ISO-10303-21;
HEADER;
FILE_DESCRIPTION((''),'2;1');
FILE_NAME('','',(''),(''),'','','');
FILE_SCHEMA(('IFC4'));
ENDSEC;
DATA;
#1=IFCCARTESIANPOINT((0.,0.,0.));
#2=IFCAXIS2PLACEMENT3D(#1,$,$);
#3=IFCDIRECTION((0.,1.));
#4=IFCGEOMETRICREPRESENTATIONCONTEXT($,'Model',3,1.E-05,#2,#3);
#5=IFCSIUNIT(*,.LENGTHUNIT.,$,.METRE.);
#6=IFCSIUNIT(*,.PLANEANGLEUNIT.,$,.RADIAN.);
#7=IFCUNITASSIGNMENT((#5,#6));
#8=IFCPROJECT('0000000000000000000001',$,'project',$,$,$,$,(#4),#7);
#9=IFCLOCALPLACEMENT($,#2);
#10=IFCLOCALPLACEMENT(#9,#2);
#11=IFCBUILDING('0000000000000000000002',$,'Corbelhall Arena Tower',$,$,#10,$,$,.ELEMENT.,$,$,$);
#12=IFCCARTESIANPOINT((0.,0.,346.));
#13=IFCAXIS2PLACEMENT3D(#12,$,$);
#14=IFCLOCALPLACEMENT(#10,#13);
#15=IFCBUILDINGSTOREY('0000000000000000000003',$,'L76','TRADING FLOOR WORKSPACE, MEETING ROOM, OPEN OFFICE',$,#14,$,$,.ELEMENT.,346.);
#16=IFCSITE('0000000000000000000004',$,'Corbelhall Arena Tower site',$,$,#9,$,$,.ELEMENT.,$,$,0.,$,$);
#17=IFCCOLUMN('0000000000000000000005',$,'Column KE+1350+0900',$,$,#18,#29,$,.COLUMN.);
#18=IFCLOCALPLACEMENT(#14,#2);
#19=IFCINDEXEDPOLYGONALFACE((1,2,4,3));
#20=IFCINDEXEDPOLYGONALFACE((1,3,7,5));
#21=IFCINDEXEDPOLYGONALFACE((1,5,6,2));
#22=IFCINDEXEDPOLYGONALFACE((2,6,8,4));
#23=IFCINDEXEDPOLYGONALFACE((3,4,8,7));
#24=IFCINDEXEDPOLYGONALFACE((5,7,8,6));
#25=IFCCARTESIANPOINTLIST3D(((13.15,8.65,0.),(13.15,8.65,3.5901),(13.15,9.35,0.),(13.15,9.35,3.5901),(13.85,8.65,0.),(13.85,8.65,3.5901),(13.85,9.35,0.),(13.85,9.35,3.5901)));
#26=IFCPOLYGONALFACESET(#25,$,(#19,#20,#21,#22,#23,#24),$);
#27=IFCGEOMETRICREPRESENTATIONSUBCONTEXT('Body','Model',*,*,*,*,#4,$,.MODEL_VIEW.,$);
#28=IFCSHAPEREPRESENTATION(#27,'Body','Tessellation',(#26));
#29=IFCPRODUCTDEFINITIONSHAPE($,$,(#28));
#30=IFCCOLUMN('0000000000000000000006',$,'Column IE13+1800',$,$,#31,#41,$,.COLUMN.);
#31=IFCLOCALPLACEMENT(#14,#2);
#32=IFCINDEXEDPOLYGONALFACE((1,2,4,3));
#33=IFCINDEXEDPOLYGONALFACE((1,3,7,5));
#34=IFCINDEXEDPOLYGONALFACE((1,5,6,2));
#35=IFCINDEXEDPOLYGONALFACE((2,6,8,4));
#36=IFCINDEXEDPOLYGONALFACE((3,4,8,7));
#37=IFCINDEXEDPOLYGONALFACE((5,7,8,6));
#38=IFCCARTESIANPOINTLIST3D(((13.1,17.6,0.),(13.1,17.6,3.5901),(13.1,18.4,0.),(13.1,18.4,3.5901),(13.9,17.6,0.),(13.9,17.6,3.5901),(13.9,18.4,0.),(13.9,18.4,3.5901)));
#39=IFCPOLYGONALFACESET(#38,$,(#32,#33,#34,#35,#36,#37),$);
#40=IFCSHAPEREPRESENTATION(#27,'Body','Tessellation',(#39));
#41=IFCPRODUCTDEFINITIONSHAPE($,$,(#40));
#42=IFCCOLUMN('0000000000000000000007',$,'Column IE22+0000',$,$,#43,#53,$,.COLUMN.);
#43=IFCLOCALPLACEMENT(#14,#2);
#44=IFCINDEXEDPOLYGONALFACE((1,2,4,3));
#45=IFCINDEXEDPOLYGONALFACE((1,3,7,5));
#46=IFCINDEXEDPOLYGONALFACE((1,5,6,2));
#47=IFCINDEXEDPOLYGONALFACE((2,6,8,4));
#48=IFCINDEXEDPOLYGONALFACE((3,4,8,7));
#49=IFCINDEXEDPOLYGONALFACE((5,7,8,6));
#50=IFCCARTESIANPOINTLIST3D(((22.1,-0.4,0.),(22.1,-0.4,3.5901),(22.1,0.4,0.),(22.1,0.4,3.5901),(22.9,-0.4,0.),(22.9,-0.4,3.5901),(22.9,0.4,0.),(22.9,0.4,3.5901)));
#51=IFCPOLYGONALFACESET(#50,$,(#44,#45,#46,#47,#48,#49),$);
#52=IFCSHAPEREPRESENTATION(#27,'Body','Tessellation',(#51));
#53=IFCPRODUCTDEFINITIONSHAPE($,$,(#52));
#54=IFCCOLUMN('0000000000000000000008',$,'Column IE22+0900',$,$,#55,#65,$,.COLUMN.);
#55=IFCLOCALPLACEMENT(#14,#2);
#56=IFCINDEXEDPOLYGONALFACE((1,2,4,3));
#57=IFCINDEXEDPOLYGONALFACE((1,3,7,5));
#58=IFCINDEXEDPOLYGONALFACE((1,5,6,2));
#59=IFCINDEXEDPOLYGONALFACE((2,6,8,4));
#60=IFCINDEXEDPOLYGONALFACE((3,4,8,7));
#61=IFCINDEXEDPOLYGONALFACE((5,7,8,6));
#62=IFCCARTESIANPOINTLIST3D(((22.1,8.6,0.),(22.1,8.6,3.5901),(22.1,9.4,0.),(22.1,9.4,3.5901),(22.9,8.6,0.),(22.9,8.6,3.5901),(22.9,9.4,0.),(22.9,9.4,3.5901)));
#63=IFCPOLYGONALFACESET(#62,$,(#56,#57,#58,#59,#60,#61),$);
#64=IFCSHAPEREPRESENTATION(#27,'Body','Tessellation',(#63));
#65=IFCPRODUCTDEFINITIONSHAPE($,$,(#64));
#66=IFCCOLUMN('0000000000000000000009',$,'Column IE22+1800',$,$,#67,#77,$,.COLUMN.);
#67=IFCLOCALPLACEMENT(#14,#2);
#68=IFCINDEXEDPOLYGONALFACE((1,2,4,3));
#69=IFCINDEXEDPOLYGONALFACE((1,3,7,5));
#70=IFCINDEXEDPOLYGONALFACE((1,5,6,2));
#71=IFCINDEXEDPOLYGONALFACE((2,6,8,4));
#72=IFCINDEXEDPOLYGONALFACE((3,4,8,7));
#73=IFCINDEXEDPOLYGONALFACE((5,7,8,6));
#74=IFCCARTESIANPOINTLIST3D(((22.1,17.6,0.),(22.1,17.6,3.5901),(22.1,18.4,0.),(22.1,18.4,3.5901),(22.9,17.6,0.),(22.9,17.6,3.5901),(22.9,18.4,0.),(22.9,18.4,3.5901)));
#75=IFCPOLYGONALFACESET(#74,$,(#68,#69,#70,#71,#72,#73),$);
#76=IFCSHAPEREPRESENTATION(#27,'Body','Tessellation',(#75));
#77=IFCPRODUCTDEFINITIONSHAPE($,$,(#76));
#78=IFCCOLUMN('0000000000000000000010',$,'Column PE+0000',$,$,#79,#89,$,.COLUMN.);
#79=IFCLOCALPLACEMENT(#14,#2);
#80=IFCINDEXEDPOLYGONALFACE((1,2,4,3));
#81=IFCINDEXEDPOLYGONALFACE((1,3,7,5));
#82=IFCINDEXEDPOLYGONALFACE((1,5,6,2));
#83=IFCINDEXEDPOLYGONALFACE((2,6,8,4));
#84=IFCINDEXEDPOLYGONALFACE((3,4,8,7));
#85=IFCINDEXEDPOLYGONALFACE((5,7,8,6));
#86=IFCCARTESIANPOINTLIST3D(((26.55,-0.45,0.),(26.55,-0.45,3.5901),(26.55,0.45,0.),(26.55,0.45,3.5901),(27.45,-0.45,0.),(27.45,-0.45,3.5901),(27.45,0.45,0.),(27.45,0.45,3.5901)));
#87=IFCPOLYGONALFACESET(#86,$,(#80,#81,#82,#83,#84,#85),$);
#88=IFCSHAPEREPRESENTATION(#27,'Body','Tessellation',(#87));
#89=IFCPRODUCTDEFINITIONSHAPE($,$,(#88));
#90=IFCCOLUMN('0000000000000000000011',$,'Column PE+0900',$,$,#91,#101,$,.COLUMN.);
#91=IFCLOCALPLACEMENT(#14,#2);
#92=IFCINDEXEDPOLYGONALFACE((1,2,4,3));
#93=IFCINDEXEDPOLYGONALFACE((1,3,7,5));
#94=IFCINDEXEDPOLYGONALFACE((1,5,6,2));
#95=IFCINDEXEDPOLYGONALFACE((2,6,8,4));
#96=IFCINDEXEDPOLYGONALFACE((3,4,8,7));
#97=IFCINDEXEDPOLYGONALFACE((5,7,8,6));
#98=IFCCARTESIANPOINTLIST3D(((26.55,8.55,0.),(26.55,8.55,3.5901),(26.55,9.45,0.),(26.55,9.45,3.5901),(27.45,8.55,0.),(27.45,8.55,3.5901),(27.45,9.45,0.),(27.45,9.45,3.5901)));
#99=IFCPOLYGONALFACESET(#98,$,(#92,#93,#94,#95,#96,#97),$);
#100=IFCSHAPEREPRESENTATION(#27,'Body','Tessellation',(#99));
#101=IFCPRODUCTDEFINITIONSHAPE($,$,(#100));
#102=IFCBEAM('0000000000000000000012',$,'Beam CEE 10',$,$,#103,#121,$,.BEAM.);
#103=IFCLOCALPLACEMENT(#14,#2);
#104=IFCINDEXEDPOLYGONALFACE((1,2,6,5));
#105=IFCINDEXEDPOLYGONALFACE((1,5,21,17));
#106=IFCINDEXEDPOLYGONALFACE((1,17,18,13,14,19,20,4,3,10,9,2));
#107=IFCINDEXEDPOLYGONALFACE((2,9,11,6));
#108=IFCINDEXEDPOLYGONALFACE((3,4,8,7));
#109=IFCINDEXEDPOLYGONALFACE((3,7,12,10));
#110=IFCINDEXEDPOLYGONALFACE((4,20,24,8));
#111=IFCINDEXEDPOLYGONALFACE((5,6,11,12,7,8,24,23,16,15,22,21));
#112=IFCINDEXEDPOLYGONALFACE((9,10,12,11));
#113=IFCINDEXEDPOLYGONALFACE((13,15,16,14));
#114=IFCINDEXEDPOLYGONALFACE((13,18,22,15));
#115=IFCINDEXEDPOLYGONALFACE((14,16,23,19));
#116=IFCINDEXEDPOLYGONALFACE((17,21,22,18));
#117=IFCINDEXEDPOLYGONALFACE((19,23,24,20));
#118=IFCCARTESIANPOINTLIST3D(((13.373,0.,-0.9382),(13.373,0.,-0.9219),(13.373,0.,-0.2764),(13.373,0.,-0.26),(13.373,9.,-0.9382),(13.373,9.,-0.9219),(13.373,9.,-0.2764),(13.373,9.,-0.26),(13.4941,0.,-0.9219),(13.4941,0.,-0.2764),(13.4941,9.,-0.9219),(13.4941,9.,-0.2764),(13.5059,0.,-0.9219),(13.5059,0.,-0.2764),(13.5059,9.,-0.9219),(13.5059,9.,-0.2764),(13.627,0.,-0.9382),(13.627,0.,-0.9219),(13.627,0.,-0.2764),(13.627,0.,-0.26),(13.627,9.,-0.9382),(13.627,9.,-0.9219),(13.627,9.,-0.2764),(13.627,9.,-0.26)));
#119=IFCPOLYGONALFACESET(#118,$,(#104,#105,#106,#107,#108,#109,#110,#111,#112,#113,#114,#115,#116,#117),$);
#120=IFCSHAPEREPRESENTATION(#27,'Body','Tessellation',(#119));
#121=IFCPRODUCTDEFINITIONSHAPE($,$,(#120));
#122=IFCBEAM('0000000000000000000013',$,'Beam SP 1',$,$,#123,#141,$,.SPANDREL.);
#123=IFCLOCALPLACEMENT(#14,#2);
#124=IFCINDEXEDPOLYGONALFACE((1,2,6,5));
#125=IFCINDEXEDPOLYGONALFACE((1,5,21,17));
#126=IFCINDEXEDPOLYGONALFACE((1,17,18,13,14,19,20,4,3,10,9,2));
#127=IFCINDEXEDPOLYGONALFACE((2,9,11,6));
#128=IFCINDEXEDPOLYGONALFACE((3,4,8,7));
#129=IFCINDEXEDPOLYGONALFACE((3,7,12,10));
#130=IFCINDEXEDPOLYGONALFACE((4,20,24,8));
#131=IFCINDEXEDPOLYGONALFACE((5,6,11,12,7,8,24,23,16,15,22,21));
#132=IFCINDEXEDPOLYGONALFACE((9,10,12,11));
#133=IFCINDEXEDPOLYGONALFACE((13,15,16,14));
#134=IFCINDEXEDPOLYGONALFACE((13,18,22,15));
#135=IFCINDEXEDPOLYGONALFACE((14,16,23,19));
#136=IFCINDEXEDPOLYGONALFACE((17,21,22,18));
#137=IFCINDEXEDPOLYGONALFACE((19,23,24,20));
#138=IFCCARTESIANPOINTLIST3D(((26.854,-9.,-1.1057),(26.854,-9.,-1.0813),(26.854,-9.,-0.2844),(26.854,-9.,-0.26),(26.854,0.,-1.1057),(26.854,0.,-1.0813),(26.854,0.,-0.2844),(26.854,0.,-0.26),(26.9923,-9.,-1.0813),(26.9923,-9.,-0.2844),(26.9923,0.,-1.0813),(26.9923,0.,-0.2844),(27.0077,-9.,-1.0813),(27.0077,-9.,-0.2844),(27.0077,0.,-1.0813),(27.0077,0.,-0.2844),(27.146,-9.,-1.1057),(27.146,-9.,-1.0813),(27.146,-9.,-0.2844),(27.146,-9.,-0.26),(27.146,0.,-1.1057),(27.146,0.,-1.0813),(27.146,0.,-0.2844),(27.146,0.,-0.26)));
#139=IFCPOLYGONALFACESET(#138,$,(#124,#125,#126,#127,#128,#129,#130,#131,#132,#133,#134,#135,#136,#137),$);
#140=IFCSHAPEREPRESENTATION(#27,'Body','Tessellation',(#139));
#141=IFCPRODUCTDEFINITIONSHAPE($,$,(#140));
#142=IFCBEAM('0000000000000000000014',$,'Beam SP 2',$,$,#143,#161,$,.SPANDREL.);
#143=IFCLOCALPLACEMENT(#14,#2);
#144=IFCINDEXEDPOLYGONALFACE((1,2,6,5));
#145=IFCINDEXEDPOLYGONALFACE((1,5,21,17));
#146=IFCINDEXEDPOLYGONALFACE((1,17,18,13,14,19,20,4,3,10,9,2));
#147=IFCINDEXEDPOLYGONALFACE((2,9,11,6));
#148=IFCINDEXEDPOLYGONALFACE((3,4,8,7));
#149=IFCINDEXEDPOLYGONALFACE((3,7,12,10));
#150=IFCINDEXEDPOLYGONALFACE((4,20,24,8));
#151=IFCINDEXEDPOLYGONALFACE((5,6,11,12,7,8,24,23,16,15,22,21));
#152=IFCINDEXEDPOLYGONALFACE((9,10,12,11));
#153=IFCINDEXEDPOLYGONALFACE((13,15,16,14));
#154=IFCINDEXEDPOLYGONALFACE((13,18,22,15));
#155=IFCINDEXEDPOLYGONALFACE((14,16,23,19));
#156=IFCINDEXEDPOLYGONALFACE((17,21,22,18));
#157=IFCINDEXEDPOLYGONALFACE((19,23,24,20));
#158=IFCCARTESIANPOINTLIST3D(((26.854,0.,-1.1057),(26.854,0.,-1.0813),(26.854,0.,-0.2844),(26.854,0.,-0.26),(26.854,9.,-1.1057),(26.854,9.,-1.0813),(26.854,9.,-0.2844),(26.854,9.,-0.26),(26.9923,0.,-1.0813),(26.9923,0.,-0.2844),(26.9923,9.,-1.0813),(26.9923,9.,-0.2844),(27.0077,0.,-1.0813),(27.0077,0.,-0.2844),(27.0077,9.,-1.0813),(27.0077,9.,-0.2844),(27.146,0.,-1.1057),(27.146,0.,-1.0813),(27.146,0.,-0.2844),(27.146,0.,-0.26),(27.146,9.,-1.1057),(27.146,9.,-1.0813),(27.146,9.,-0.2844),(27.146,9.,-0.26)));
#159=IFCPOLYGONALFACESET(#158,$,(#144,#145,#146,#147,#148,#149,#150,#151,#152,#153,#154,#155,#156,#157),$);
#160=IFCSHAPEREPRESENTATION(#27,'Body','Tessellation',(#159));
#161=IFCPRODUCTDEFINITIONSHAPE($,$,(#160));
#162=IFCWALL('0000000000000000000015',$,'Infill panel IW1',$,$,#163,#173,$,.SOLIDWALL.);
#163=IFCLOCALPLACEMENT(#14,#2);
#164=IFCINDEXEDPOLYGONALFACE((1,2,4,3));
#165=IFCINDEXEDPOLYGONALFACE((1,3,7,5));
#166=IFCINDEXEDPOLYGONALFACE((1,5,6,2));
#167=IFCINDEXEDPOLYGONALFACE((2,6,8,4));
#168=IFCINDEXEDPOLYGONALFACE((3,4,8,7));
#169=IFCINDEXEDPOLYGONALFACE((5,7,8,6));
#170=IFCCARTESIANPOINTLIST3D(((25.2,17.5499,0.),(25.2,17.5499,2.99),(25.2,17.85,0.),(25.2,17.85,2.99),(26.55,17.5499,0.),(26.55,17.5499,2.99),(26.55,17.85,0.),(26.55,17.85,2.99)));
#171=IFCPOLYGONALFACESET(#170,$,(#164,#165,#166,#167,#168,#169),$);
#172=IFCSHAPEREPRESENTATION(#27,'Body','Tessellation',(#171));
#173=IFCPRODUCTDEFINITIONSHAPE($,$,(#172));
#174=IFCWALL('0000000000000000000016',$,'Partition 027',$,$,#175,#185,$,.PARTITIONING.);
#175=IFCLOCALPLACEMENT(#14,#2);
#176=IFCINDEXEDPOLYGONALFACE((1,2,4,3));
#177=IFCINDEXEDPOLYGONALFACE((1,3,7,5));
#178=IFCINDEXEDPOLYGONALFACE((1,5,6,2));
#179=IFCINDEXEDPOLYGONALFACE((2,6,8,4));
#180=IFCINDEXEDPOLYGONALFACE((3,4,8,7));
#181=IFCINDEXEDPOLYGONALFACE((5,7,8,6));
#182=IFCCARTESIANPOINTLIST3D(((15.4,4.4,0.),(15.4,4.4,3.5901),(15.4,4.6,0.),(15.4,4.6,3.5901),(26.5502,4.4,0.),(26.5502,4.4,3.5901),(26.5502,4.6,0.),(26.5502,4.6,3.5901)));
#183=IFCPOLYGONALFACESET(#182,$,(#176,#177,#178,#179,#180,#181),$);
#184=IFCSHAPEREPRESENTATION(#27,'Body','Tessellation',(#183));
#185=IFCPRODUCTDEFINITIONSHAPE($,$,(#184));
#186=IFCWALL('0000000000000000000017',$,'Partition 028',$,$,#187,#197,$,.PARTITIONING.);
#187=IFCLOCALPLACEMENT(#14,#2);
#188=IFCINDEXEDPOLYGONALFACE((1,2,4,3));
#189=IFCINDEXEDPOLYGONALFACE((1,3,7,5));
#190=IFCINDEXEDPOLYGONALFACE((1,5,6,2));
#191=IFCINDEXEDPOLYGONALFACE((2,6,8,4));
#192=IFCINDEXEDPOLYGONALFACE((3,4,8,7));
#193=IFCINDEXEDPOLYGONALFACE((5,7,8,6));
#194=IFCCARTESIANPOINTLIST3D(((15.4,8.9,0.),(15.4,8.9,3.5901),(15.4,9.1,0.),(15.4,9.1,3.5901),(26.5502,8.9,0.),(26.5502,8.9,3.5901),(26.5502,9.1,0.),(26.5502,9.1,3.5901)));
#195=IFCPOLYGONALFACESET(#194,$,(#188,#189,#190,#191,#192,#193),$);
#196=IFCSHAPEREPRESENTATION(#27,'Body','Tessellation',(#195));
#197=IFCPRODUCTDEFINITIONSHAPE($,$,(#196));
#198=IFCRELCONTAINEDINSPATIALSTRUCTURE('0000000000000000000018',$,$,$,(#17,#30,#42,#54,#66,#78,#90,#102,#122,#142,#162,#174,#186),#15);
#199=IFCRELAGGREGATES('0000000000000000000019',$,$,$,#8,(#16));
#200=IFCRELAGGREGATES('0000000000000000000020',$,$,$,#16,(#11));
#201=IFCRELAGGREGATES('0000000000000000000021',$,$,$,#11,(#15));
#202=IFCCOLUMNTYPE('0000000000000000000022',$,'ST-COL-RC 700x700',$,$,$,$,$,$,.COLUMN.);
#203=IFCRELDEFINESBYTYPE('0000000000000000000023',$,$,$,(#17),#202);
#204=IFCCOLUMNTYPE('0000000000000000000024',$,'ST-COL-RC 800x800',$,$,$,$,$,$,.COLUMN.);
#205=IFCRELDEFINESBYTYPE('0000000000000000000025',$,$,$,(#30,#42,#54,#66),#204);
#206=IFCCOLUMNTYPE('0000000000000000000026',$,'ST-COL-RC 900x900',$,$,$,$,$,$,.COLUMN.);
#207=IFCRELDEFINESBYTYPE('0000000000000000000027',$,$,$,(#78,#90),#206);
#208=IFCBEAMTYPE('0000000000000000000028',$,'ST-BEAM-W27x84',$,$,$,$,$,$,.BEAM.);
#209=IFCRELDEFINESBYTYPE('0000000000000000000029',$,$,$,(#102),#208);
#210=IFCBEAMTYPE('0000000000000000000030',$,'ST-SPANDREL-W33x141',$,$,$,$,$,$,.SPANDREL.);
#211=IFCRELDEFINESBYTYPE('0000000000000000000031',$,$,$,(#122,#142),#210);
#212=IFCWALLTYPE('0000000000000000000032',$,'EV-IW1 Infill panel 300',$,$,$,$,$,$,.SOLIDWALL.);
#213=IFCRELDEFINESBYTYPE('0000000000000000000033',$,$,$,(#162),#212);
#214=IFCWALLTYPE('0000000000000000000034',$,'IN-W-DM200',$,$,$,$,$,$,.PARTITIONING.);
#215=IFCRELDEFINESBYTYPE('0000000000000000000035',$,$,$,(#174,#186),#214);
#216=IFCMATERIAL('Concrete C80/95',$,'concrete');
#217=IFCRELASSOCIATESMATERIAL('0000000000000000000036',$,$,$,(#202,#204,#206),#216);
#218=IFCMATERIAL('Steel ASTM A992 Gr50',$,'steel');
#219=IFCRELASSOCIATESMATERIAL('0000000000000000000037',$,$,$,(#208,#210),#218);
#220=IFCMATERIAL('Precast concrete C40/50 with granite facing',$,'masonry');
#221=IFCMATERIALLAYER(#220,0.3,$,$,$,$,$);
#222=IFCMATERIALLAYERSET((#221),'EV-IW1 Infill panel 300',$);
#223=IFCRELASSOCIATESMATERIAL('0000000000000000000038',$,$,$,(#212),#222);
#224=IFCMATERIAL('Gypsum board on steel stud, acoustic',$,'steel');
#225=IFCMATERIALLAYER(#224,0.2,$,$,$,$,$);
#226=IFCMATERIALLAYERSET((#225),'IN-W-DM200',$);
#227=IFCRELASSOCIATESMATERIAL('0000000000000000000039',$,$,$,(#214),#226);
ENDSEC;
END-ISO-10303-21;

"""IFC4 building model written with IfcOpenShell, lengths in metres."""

from ifc_helpers import new_model, si_unit, direction, frame, frame_2d, origin, origin_2d, place, context, subcontext, project, spatial, rectangle, i_section, extrude, material, layer, layer_set, material_profile, profile_set, type_object, element, save


model = new_model("IFC4")

# Units and contexts
model_context = context("Model", 3, precision=1e-05, world=origin(), true_north=direction((0.0, 1.0)))
body_context = subcontext(model_context, "Body", "Model", "MODEL_VIEW")
ifc_project = project(units=[si_unit("LENGTHUNIT", "METRE"), si_unit("PLANEANGLEUNIT", "RADIAN")], contexts=[model_context])

# Site, building, storey
site_placement = place(None, origin())
site = spatial("IfcSite", under=ifc_project, at=site_placement, Name="Corbelhall Arena Tower site", CompositionType="ELEMENT", RefElevation=0.0)
building_placement = place(site_placement, origin())
building = spatial("IfcBuilding", under=site, at=building_placement, Name="Corbelhall Arena Tower", CompositionType="ELEMENT")
storey_placement = place(building_placement, frame((0.0, 0.0, 346.0)))
storey = spatial("IfcBuildingStorey", under=building, at=storey_placement, Name="L76", Description="TRADING FLOOR WORKSPACE, MEETING ROOM, OPEN OFFICE", CompositionType="ELEMENT", Elevation=346.0)

# Columns
ifc_material_1 = material(Name="Concrete C80/95", Category="concrete")
ifc_material_profile_1 = material_profile(ifc_material_1, rectangle(XDim=0.7, YDim=0.7, at=origin_2d()))
ifc_profile_set_1 = profile_set([ifc_material_profile_1], Name="Concrete C80/95")
column_type_1 = type_object("IfcColumnType", Name="ST-COL-RC 700x700", PredefinedType="COLUMN", material=ifc_profile_set_1)
column_placement = place(storey_placement, frame((13.5, 9.0, 0.0), z_axis=(0.0, 0.0, 1.0), x_axis=(1.0, 0.0, 0.0)))
element("IfcColumn", 1, at=column_placement, inside=storey, type_object=column_type_1, Name="Column KE+1350+0900", PredefinedType="COLUMN", context=body_context, shape_type="SweptSolid", body=[
    extrude(rectangle(XDim=0.7, YDim=0.7, at=origin_2d()), origin(), (0.0, 0.0, 1.0), 3.5901),
])
ifc_material_profile_2 = material_profile(ifc_material_1, rectangle(XDim=0.8, YDim=0.8, at=origin_2d()))
ifc_profile_set_2 = profile_set([ifc_material_profile_2], Name="Concrete C80/95")
column_type_2 = type_object("IfcColumnType", Name="ST-COL-RC 800x800", PredefinedType="COLUMN", material=ifc_profile_set_2)
for number, where, z_axis, x_axis, name in (
    (2, (13.5, 18.0, 0.0), (0.0, 0.0, 1.0), (1.0, 0.0, 0.0), "Column IE13+1800"),
    (3, (22.5, 0.0, 0.0), (0.0, 0.0, 1.0), (1.0, 0.0, 0.0), "Column IE22+0000"),
    (4, (22.5, 9.0, 0.0), (0.0, 0.0, 1.0), (1.0, 0.0, 0.0), "Column IE22+0900"),
    (5, (22.5, 18.0, 0.0), (0.0, 0.0, 1.0), (1.0, 0.0, 0.0), "Column IE22+1800"),
):
    element("IfcColumn", number, at=place(storey_placement, frame(where, z_axis=z_axis, x_axis=x_axis)), inside=storey, type_object=column_type_2, Name=name, PredefinedType="COLUMN", context=body_context, shape_type="SweptSolid", body=[
        extrude(rectangle(XDim=0.8, YDim=0.8, at=origin_2d()), origin(), (0.0, 0.0, 1.0), 3.5901),
    ])
ifc_material_profile_3 = material_profile(ifc_material_1, rectangle(XDim=0.8999, YDim=0.8999, at=origin_2d()))
ifc_profile_set_3 = profile_set([ifc_material_profile_3], Name="Concrete C80/95")
column_type_3 = type_object("IfcColumnType", Name="ST-COL-RC 900x900", PredefinedType="COLUMN", material=ifc_profile_set_3)
for number, where, z_axis, x_axis, name in (
    (6, (27.0, 0.0, 0.0), (0.0, 0.0, 1.0), (0.0, 1.0, 0.0), "Column PE+0000"),
    (7, (27.0, 9.0, 0.0), (0.0, 0.0, 1.0), (0.0, 1.0, 0.0), "Column PE+0900"),
):
    element("IfcColumn", number, at=place(storey_placement, frame(where, z_axis=z_axis, x_axis=x_axis)), inside=storey, type_object=column_type_3, Name=name, PredefinedType="COLUMN", context=body_context, shape_type="SweptSolid", body=[
        extrude(rectangle(XDim=0.8999, YDim=0.8999, at=origin_2d()), origin(), (0.0, 0.0, 1.0), 3.5901),
    ])

# Beams
ifc_material_2 = material(Name="Steel ASTM A992 Gr50", Category="steel")
ifc_material_profile_4 = material_profile(ifc_material_2, i_section(OverallWidth=0.2539, OverallDepth=0.6782, WebThickness=0.0117, FlangeThickness=0.0164, at=origin_2d()))
ifc_profile_set_4 = profile_set([ifc_material_profile_4], Name="Steel ASTM A992 Gr50")
beam_type_1 = type_object("IfcBeamType", Name="ST-BEAM-W27x84", PredefinedType="BEAM", material=ifc_profile_set_4)
beam_placement = place(storey_placement, frame((13.5, 0.0, -0.5991), z_axis=(0.0, 1.0, 0.0), x_axis=(-1.0, 0.0, 0.0)))
element("IfcBeam", 8, at=beam_placement, inside=storey, type_object=beam_type_1, Name="Beam CEE 10", PredefinedType="BEAM", context=body_context, shape_type="SweptSolid", body=[
    extrude(i_section(OverallWidth=0.2539, OverallDepth=0.6782, WebThickness=0.0117, FlangeThickness=0.0164, at=origin_2d()), origin(), (0.0, 0.0, 1.0), 9.0),
])
ifc_material_profile_5 = material_profile(ifc_material_2, i_section(OverallWidth=0.292, OverallDepth=0.8457, WebThickness=0.0154, FlangeThickness=0.0244, at=origin_2d()))
ifc_profile_set_5 = profile_set([ifc_material_profile_5], Name="Steel ASTM A992 Gr50")
beam_type_2 = type_object("IfcBeamType", Name="ST-SPANDREL-W33x141", PredefinedType="SPANDREL", material=ifc_profile_set_5)
for number, where, z_axis, x_axis, name in (
    (9, (27.0, 0.0, -0.6829), (0.0, -1.0, 0.0), (1.0, 0.0, 0.0), "Beam SP 1"),
    (10, (27.0, 9.0, -0.6829), (0.0, -1.0, 0.0), (1.0, 0.0, 0.0), "Beam SP 2"),
):
    element("IfcBeam", number, at=place(storey_placement, frame(where, z_axis=z_axis, x_axis=x_axis)), inside=storey, type_object=beam_type_2, Name=name, PredefinedType="SPANDREL", context=body_context, shape_type="SweptSolid", body=[
        extrude(i_section(OverallWidth=0.292, OverallDepth=0.8457, WebThickness=0.0154, FlangeThickness=0.0244, at=origin_2d()), origin(), (0.0, 0.0, 1.0), 9.0),
    ])

# Shared definitions
ifc_material_3 = material(Name="Precast concrete C40/50 with granite facing", Category="masonry")
ifc_layer_1 = layer(ifc_material_3, 0.3)
ifc_layer_set_1 = layer_set([ifc_layer_1], Name="EV-IW1 Infill panel 300")
wall_type_1 = type_object("IfcWallType", Name="EV-IW1 Infill panel 300", PredefinedType="SOLIDWALL", material=ifc_layer_set_1)

# Wall
wall_1_placement = place(storey_placement, frame((26.55, 17.7, 0.0), z_axis=(0.0, 0.0, 1.0), x_axis=(-1.0, 0.0, 0.0)))
element("IfcWall", 11, at=wall_1_placement, inside=storey, type_object=wall_type_1, Name="Infill panel IW1", PredefinedType="SOLIDWALL", context=body_context, shape_type="SweptSolid", body=[
    extrude(rectangle(XDim=1.3501, YDim=0.3, at=frame_2d((0.675, 0.0))), origin(), (0.0, 0.0, 1.0), 2.99),
])

# Shared definitions
ifc_material_4 = material(Name="Gypsum board on steel stud, acoustic", Category="steel")
ifc_layer_2 = layer(ifc_material_4, 0.2)
ifc_layer_set_2 = layer_set([ifc_layer_2], Name="IN-W-DM200")
wall_type_2 = type_object("IfcWallType", Name="IN-W-DM200", PredefinedType="PARTITIONING", material=ifc_layer_set_2)

# Walls
for number, where, z_axis, x_axis, name in (
    (12, (15.3999, 4.5, 0.0), (0.0, 0.0, 1.0), (1.0, 0.0, 0.0), "Partition 027"),
    (13, (15.3999, 9.0, 0.0), (0.0, 0.0, 1.0), (1.0, 0.0, 0.0), "Partition 028"),
):
    element("IfcWall", number, at=place(storey_placement, frame(where, z_axis=z_axis, x_axis=x_axis)), inside=storey, type_object=wall_type_2, Name=name, PredefinedType="PARTITIONING", context=body_context, shape_type="SweptSolid", body=[
        extrude(rectangle(XDim=11.1501, YDim=0.2, at=frame_2d((5.5752, 0.0))), origin(), (0.0, 0.0, 1.0), 3.5901),
    ])

save(model, "model.ifc")
